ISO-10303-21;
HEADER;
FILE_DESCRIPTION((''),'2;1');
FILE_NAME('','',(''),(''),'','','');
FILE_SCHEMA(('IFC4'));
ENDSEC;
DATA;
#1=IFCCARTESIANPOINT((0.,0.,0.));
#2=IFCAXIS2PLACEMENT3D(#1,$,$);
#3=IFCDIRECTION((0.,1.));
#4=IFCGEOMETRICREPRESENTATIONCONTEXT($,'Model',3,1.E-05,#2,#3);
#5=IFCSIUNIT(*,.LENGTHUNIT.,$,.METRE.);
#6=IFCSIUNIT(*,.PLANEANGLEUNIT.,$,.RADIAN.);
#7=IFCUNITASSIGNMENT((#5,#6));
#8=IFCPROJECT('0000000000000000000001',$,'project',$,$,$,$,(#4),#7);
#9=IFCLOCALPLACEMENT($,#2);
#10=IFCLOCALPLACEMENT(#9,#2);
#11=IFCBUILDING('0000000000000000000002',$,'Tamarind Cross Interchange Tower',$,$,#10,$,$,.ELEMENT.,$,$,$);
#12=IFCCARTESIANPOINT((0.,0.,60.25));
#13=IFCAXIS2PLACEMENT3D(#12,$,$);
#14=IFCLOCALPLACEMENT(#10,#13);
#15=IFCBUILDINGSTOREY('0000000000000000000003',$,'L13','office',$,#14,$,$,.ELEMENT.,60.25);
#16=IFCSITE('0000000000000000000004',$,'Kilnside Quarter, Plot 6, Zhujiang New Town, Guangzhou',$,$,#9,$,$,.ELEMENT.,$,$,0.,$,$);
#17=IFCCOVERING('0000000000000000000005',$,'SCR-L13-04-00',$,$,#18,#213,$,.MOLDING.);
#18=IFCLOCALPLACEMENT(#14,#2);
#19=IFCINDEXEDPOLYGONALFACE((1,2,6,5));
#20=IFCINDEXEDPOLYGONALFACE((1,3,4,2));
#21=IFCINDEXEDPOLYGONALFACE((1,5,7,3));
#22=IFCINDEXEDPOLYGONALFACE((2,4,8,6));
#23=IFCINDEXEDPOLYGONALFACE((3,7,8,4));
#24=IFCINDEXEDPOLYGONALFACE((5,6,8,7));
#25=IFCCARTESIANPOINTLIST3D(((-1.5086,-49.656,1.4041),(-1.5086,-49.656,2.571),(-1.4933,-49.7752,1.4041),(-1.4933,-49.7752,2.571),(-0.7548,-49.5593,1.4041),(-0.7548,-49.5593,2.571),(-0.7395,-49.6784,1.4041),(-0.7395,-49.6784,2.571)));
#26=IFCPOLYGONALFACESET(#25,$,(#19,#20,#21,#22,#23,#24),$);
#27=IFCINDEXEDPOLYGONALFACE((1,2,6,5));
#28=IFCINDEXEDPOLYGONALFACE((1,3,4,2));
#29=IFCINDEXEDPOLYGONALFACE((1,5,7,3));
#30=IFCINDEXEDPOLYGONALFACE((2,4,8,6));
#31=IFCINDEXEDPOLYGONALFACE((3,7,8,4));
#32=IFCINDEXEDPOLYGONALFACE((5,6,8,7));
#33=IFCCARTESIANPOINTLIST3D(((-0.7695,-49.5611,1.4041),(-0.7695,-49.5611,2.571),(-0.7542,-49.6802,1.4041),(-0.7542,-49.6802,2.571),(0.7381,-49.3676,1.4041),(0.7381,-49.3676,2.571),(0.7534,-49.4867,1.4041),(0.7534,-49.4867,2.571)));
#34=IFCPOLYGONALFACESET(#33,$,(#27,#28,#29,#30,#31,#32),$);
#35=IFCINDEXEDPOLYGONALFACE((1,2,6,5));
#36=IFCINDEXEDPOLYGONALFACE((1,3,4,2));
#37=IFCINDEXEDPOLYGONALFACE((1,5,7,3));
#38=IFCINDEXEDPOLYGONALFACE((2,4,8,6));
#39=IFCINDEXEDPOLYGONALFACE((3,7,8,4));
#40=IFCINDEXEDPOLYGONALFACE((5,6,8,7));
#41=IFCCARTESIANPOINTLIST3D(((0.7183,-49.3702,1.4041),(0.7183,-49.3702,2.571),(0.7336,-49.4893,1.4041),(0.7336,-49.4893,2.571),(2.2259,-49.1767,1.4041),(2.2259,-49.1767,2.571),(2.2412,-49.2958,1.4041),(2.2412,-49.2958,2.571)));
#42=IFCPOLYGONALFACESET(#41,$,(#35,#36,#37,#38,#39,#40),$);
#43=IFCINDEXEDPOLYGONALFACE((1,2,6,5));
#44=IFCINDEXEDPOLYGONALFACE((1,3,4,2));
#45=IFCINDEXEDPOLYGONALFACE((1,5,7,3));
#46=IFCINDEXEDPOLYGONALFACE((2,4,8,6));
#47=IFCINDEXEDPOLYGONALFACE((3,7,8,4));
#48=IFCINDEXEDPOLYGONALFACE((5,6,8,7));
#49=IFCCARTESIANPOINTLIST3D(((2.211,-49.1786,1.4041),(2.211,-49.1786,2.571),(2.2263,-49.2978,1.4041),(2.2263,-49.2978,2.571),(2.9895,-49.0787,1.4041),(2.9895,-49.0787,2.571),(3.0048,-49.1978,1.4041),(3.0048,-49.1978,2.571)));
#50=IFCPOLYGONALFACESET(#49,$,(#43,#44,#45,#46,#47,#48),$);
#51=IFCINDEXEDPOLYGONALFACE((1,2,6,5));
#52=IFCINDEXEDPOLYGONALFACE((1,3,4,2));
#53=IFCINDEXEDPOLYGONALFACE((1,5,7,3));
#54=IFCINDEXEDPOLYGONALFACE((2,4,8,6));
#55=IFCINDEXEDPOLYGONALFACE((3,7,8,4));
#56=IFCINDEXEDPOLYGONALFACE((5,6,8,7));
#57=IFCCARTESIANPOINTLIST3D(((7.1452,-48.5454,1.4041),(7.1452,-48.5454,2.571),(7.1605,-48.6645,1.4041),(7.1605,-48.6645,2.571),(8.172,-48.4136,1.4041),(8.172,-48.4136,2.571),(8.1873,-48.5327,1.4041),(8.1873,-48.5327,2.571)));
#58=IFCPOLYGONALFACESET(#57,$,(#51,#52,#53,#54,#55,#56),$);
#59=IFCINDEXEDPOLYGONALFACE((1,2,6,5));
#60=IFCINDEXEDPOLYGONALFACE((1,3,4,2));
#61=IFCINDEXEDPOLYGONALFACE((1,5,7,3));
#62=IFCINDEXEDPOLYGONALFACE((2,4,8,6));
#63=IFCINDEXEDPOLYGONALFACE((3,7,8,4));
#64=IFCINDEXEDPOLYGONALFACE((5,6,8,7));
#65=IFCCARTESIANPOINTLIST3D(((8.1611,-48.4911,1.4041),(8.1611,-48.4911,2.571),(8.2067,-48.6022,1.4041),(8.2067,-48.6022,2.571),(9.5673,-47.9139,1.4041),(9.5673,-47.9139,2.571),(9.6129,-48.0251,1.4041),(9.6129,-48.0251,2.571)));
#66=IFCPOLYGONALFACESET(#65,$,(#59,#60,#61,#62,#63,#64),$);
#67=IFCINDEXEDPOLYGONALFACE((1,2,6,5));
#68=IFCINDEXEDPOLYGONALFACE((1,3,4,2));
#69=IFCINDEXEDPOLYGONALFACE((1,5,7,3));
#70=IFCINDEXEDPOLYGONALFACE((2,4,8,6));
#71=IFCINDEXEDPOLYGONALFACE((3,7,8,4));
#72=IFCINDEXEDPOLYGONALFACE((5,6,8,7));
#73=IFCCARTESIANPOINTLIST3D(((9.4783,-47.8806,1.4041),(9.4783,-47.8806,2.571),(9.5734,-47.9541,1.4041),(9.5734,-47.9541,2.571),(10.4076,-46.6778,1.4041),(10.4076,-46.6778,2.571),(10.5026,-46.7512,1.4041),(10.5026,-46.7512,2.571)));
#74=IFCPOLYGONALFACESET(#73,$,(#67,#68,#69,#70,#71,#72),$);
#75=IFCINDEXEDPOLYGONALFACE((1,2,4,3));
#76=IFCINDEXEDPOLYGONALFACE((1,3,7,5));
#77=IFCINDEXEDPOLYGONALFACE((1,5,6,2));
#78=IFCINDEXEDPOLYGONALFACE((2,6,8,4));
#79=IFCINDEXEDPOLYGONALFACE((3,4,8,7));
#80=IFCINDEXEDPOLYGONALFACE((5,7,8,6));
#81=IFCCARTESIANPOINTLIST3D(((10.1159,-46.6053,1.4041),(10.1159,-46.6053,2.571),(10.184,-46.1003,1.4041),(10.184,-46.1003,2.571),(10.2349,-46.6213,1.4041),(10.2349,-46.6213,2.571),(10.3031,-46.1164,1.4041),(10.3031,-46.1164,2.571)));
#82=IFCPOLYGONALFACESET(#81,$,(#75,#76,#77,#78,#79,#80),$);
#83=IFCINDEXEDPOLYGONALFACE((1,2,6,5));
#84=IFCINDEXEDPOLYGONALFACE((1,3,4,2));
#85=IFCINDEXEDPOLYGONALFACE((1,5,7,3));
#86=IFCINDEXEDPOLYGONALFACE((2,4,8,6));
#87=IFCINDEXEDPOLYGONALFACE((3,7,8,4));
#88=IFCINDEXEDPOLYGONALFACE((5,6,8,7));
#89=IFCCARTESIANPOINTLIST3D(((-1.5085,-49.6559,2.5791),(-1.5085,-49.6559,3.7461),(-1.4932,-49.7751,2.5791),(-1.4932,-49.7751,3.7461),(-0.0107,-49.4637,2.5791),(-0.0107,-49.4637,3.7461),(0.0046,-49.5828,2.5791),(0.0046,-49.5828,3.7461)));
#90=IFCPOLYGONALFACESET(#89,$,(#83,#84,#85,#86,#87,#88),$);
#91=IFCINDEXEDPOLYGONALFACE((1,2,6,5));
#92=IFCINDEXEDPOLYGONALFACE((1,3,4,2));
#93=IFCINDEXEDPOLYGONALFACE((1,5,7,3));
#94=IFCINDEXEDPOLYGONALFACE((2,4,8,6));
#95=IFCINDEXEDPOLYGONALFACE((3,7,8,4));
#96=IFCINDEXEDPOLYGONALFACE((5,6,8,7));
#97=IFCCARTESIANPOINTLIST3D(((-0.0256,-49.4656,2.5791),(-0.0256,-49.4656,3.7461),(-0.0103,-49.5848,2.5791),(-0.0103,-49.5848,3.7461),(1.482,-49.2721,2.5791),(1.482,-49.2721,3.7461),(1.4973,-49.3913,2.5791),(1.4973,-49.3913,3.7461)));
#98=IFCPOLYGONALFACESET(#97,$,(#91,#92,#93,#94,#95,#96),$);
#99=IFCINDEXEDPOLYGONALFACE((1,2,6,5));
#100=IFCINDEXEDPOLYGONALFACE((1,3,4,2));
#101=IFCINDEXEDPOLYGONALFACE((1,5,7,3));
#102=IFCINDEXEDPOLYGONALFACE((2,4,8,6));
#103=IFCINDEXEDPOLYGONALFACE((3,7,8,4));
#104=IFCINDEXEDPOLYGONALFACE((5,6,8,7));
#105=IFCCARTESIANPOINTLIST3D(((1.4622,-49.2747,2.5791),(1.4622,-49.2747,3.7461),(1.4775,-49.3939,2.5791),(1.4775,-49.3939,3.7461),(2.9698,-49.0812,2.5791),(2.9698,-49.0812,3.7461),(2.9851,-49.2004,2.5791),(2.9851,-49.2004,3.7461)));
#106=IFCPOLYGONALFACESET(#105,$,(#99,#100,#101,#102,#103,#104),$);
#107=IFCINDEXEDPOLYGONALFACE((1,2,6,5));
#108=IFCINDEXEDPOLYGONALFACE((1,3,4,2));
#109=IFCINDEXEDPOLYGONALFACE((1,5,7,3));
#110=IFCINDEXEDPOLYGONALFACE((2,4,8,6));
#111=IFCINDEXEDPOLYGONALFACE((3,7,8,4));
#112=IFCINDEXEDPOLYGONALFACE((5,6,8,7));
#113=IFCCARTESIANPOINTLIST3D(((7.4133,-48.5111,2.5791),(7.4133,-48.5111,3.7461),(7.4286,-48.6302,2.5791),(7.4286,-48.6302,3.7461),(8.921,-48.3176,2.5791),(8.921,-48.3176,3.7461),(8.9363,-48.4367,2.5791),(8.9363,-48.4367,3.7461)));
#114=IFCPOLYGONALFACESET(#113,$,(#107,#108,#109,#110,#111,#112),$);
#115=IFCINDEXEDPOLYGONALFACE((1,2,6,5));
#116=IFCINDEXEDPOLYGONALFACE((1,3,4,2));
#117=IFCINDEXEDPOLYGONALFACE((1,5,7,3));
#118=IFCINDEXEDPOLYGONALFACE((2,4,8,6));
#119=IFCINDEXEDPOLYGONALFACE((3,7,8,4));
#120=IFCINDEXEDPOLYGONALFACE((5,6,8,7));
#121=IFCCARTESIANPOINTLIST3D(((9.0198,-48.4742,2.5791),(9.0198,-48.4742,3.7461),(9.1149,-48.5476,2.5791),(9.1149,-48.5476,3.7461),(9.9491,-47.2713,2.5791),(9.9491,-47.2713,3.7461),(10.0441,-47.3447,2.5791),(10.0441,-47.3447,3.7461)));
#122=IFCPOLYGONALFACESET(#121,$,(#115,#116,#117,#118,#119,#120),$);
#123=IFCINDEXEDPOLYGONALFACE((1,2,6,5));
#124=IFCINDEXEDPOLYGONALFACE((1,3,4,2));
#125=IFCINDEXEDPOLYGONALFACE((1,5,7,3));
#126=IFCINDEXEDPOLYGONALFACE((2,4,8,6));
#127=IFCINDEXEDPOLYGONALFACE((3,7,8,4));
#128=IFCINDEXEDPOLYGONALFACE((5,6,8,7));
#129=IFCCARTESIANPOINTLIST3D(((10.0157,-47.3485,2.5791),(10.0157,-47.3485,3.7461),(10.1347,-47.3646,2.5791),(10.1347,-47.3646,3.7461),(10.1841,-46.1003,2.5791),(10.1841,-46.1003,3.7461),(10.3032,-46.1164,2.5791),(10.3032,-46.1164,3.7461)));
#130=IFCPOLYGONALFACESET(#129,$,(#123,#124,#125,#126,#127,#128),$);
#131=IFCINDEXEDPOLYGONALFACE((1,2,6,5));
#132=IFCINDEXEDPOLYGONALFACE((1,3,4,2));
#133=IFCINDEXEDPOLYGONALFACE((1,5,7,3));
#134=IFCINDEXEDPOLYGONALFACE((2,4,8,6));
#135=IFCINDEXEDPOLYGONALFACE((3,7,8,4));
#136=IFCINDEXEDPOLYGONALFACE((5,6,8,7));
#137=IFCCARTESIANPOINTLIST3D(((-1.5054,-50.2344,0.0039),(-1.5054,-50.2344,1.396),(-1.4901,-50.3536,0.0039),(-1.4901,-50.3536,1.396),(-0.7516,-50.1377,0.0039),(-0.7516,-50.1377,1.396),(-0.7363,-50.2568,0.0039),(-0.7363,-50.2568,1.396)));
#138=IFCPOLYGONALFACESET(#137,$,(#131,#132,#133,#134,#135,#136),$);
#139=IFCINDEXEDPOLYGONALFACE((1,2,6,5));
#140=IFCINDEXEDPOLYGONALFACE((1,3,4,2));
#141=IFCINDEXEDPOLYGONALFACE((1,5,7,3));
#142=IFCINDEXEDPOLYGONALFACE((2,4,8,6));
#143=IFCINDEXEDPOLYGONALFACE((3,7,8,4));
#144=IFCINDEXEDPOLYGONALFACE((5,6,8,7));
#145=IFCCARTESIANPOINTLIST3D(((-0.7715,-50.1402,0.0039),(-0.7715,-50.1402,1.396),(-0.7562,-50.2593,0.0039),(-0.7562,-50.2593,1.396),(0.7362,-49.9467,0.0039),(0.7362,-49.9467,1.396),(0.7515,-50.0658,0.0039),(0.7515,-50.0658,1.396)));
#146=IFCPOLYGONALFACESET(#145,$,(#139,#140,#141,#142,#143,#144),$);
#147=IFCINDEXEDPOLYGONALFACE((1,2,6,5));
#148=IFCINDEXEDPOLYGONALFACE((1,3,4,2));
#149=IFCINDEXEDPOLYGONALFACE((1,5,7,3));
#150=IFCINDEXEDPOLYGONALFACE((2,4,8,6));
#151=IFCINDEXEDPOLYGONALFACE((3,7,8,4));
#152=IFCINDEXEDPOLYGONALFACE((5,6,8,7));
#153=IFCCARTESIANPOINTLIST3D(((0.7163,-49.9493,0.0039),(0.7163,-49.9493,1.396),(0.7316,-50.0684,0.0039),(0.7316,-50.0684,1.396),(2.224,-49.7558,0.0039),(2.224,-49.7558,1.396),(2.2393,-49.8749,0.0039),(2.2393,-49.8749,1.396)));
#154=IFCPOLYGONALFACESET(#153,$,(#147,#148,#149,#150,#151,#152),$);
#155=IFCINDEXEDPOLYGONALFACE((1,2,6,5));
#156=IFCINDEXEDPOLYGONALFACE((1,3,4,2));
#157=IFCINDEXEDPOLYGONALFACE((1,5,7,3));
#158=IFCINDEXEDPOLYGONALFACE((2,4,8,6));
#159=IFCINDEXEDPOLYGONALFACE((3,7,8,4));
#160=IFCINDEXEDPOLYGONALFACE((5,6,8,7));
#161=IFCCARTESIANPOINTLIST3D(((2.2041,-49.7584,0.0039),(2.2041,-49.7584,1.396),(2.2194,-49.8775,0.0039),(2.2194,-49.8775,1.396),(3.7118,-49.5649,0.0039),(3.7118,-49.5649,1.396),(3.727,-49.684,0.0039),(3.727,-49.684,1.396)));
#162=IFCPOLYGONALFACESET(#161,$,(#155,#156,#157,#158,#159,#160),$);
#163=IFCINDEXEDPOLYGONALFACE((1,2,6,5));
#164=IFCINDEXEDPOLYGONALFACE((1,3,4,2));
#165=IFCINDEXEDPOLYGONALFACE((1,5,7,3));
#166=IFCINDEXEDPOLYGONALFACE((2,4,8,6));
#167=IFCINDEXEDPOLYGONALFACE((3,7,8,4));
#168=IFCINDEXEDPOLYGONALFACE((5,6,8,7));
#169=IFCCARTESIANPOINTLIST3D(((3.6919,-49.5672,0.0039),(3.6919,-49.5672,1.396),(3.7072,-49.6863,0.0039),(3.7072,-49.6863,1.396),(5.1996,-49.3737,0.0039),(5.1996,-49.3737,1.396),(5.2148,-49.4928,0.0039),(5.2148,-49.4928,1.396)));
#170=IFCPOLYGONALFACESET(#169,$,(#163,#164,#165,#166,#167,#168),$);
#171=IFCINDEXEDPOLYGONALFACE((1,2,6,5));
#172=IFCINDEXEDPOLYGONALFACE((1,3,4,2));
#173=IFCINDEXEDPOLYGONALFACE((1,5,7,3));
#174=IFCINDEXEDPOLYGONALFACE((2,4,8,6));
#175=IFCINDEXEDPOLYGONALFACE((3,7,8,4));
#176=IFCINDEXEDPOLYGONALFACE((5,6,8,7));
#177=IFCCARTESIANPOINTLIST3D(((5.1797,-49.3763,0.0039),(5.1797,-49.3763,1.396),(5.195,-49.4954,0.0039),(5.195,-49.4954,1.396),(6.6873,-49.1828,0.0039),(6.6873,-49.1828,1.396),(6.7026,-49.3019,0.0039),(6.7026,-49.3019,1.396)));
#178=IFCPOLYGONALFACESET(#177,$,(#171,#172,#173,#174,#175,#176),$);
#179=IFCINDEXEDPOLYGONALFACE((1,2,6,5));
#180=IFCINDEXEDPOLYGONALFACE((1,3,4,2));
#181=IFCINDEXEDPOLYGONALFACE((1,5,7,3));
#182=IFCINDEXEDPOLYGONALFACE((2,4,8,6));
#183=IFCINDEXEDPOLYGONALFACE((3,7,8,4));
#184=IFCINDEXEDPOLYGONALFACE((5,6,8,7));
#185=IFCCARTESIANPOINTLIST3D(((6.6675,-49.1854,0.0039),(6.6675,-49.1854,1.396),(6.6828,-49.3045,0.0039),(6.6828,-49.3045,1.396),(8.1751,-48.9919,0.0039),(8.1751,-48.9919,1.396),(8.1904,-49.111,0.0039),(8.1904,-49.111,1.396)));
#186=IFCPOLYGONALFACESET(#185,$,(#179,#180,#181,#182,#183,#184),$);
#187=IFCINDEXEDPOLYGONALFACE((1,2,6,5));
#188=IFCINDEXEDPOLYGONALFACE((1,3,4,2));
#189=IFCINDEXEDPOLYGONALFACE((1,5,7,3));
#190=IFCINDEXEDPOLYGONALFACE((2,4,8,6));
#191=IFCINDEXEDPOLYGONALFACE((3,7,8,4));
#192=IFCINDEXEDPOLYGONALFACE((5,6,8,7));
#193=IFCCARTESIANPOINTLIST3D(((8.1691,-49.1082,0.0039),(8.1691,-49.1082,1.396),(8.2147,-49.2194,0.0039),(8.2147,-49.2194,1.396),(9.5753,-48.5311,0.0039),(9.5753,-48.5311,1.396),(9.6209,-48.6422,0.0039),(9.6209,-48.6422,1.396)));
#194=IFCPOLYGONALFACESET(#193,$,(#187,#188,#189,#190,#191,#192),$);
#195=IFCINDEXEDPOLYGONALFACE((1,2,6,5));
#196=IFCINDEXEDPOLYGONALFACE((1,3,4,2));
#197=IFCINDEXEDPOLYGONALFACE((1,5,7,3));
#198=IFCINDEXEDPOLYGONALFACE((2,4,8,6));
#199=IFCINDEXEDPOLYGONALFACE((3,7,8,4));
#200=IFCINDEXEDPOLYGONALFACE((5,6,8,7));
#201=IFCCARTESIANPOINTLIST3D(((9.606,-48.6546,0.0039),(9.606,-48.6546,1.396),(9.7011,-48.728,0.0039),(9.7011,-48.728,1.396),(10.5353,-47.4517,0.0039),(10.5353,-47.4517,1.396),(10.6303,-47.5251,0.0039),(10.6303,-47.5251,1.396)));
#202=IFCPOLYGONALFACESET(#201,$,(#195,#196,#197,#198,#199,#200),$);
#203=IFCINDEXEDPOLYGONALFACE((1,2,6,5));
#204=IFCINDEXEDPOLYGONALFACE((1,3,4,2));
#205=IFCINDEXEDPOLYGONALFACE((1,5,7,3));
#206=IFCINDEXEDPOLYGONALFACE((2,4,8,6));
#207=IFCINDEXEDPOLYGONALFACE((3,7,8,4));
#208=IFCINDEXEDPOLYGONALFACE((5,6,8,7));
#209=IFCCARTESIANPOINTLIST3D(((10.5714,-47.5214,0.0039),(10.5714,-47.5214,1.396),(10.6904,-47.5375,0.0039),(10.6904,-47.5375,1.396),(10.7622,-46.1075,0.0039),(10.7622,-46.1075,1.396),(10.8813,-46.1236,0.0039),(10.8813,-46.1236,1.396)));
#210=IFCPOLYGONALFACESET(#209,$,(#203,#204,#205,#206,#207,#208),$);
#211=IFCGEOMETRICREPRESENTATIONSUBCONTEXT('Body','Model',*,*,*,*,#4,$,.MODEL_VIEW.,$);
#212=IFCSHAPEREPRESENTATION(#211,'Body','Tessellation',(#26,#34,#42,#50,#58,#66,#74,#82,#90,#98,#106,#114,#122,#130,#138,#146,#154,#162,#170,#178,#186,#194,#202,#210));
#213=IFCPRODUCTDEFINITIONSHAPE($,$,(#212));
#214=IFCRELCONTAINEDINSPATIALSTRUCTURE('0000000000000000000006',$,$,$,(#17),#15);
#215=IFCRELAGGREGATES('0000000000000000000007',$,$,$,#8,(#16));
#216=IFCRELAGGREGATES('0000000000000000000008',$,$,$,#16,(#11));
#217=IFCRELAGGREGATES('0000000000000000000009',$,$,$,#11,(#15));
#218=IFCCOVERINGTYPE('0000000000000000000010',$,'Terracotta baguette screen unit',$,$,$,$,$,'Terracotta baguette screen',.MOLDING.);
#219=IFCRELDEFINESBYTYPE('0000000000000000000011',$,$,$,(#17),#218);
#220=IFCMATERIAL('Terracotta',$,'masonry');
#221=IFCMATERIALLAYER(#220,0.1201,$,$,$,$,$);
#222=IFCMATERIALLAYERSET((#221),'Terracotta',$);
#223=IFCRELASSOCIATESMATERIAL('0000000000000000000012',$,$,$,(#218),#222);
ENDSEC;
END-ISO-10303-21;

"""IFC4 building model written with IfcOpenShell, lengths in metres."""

from ifc_helpers import new_model, si_unit, direction, frame, origin, origin_2d, place, context, subcontext, project, spatial, rectangle, extrude, material, layer, layer_set, type_object, element, save


model = new_model("IFC4")

# Units and contexts
model_context = context("Model", 3, precision=1e-05, world=origin(), true_north=direction((0.0, 1.0)))
body_context = subcontext(model_context, "Body", "Model", "MODEL_VIEW")
ifc_project = project(units=[si_unit("LENGTHUNIT", "METRE"), si_unit("PLANEANGLEUNIT", "RADIAN")], contexts=[model_context])

# Site, building, storey
site_placement = place(None, origin())
site = spatial("IfcSite", under=ifc_project, at=site_placement, Name="Kilnside Quarter, Plot 6, Zhujiang New Town, Guangzhou", CompositionType="ELEMENT", RefElevation=0.0)
building_placement = place(site_placement, origin())
building = spatial("IfcBuilding", under=site, at=building_placement, Name="Tamarind Cross Interchange Tower", CompositionType="ELEMENT")
storey_placement = place(building_placement, frame((0.0, 0.0, 60.25)))
storey = spatial("IfcBuildingStorey", under=building, at=storey_placement, Name="L13", Description="office", CompositionType="ELEMENT", Elevation=60.25)

# Covering
ifc_material_1 = material(Name="Terracotta", Category="masonry")
ifc_layer_1 = layer(ifc_material_1, 0.1201)
ifc_layer_set_1 = layer_set([ifc_layer_1], Name="Terracotta")
covering_type = type_object("IfcCoveringType", Name="Terracotta baguette screen unit", ElementType="Terracotta baguette screen", PredefinedType="MOLDING", material=ifc_layer_set_1)
covering_1_placement = place(storey_placement, origin())
element("IfcCovering", 1, at=covering_1_placement, inside=storey, type_object=covering_type, Name="SCR-L13-04-00", PredefinedType="MOLDING", context=body_context, shape_type="SweptSolid", body=[
    extrude(rectangle(XDim=0.76, YDim=0.1201, at=origin_2d()), frame((-1.124, -49.6672, 1.4041), z_axis=(0.0, 0.0, 1.0), x_axis=(0.991864, 0.1273, 0.0)), (0.0, 0.0, 1.0), 1.167),
    extrude(rectangle(XDim=1.52, YDim=0.1201, at=origin_2d()), frame((-0.0081, -49.5239, 1.4041), z_axis=(0.0, 0.0, 1.0), x_axis=(0.991864, 0.1273, 0.0)), (0.0, 0.0, 1.0), 1.167),
    extrude(rectangle(XDim=1.52, YDim=0.1201, at=origin_2d()), frame((1.4797, -49.333, 1.4041), z_axis=(0.0, 0.0, 1.0), x_axis=(0.991864, 0.1273, 0.0)), (0.0, 0.0, 1.0), 1.167),
    extrude(rectangle(XDim=0.7849, YDim=0.1201, at=origin_2d()), frame((2.6079, -49.1882, 1.4041), z_axis=(0.0, 0.0, 1.0), x_axis=(0.991864, 0.1273, 0.0)), (0.0, 0.0, 1.0), 1.167),
    extrude(rectangle(XDim=1.0352, YDim=0.1201, at=origin_2d()), frame((7.6663, -48.5391, 1.4041), z_axis=(0.0, 0.0, 1.0), x_axis=(0.991864, 0.1273, 0.0)), (0.0, 0.0, 1.0), 1.167),
    extrude(rectangle(XDim=1.52, YDim=0.1201, at=origin_2d()), frame((8.887, -48.2581, 1.4041), z_axis=(0.0, 0.0, 1.0), x_axis=(0.92512, 0.379676, 0.0)), (0.0, 0.0, 1.0), 1.167),
    extrude(rectangle(XDim=1.52, YDim=0.1201, at=origin_2d()), frame((9.9905, -47.3159, 1.4041), z_axis=(0.0, 0.0, 1.0), x_axis=(0.611339, 0.791369, 0.0)), (0.0, 0.0, 1.0), 1.167),
    extrude(rectangle(XDim=0.5095, YDim=0.1201, at=origin_2d()), frame((10.2095, -46.3608, 1.4041), z_axis=(0.0, 0.0, 1.0), x_axis=(0.133751, 0.991015, 0.0)), (0.0, 0.0, 1.0), 1.167),
    extrude(rectangle(XDim=1.51, YDim=0.1201, at=origin_2d()), frame((-0.752, -49.6194, 2.5791), z_axis=(0.0, 0.0, 1.0), x_axis=(0.991864, 0.1273, 0.0)), (0.0, 0.0, 1.0), 1.167),
    extrude(rectangle(XDim=1.52, YDim=0.1201, at=origin_2d()), frame((0.7358, -49.4285, 2.5791), z_axis=(0.0, 0.0, 1.0), x_axis=(0.991864, 0.1273, 0.0)), (0.0, 0.0, 1.0), 1.167),
    extrude(rectangle(XDim=1.52, YDim=0.1201, at=origin_2d()), frame((2.2236, -49.2375, 2.5791), z_axis=(0.0, 0.0, 1.0), x_axis=(0.991864, 0.1273, 0.0)), (0.0, 0.0, 1.0), 1.167),
    extrude(rectangle(XDim=1.52, YDim=0.1201, at=origin_2d()), frame((8.1748, -48.4739, 2.5791), z_axis=(0.0, 0.0, 1.0), x_axis=(0.991864, 0.1273, 0.0)), (0.0, 0.0, 1.0), 1.167),
    extrude(rectangle(XDim=1.52, YDim=0.1201, at=origin_2d()), frame((9.532, -47.9094, 2.5791), z_axis=(0.0, 0.0, 1.0), x_axis=(0.611339, 0.791369, 0.0)), (0.0, 0.0, 1.0), 1.167),
    extrude(rectangle(XDim=1.2595, YDim=0.1201, at=origin_2d()), frame((10.1594, -46.7324, 2.5791), z_axis=(0.0, 0.0, 1.0), x_axis=(0.133751, 0.991015, 0.0)), (0.0, 0.0, 1.0), 1.167),
    extrude(rectangle(XDim=0.76, YDim=0.1201, at=origin_2d()), frame((-1.1208, -50.2456, 0.0039), z_axis=(0.0, 0.0, 1.0), x_axis=(0.991864, 0.1273, 0.0)), (0.0, 0.0, 1.0), 1.3921),
    extrude(rectangle(XDim=1.52, YDim=0.1201, at=origin_2d()), frame((-0.01, -50.103, 0.0039), z_axis=(0.0, 0.0, 1.0), x_axis=(0.991864, 0.1273, 0.0)), (0.0, 0.0, 1.0), 1.3921),
    extrude(rectangle(XDim=1.52, YDim=0.1201, at=origin_2d()), frame((1.4778, -49.9121, 0.0039), z_axis=(0.0, 0.0, 1.0), x_axis=(0.991864, 0.1273, 0.0)), (0.0, 0.0, 1.0), 1.3921),
    extrude(rectangle(XDim=1.52, YDim=0.1201, at=origin_2d()), frame((2.9656, -49.7212, 0.0039), z_axis=(0.0, 0.0, 1.0), x_axis=(0.991864, 0.1273, 0.0)), (0.0, 0.0, 1.0), 1.3921),
    extrude(rectangle(XDim=1.52, YDim=0.1201, at=origin_2d()), frame((4.4534, -49.53, 0.0039), z_axis=(0.0, 0.0, 1.0), x_axis=(0.991864, 0.1273, 0.0)), (0.0, 0.0, 1.0), 1.3921),
    extrude(rectangle(XDim=1.52, YDim=0.1201, at=origin_2d()), frame((5.9412, -49.3391, 0.0039), z_axis=(0.0, 0.0, 1.0), x_axis=(0.991864, 0.1273, 0.0)), (0.0, 0.0, 1.0), 1.3921),
    extrude(rectangle(XDim=1.52, YDim=0.1201, at=origin_2d()), frame((7.429, -49.1482, 0.0039), z_axis=(0.0, 0.0, 1.0), x_axis=(0.991864, 0.1273, 0.0)), (0.0, 0.0, 1.0), 1.3921),
    extrude(rectangle(XDim=1.52, YDim=0.1201, at=origin_2d()), frame((8.895, -48.8752, 0.0039), z_axis=(0.0, 0.0, 1.0), x_axis=(0.92512, 0.379676, 0.0)), (0.0, 0.0, 1.0), 1.3921),
    extrude(rectangle(XDim=1.52, YDim=0.1201, at=origin_2d()), frame((10.1182, -48.0898, 0.0039), z_axis=(0.0, 0.0, 1.0), x_axis=(0.611339, 0.791369, 0.0)), (0.0, 0.0, 1.0), 1.3921),
    extrude(rectangle(XDim=1.4268, YDim=0.1201, at=origin_2d()), frame((10.7263, -46.8225, 0.0039), z_axis=(0.0, 0.0, 1.0), x_axis=(0.133751, 0.991015, 0.0)), (0.0, 0.0, 1.0), 1.3921),
])

save(model, "model.ifc")
